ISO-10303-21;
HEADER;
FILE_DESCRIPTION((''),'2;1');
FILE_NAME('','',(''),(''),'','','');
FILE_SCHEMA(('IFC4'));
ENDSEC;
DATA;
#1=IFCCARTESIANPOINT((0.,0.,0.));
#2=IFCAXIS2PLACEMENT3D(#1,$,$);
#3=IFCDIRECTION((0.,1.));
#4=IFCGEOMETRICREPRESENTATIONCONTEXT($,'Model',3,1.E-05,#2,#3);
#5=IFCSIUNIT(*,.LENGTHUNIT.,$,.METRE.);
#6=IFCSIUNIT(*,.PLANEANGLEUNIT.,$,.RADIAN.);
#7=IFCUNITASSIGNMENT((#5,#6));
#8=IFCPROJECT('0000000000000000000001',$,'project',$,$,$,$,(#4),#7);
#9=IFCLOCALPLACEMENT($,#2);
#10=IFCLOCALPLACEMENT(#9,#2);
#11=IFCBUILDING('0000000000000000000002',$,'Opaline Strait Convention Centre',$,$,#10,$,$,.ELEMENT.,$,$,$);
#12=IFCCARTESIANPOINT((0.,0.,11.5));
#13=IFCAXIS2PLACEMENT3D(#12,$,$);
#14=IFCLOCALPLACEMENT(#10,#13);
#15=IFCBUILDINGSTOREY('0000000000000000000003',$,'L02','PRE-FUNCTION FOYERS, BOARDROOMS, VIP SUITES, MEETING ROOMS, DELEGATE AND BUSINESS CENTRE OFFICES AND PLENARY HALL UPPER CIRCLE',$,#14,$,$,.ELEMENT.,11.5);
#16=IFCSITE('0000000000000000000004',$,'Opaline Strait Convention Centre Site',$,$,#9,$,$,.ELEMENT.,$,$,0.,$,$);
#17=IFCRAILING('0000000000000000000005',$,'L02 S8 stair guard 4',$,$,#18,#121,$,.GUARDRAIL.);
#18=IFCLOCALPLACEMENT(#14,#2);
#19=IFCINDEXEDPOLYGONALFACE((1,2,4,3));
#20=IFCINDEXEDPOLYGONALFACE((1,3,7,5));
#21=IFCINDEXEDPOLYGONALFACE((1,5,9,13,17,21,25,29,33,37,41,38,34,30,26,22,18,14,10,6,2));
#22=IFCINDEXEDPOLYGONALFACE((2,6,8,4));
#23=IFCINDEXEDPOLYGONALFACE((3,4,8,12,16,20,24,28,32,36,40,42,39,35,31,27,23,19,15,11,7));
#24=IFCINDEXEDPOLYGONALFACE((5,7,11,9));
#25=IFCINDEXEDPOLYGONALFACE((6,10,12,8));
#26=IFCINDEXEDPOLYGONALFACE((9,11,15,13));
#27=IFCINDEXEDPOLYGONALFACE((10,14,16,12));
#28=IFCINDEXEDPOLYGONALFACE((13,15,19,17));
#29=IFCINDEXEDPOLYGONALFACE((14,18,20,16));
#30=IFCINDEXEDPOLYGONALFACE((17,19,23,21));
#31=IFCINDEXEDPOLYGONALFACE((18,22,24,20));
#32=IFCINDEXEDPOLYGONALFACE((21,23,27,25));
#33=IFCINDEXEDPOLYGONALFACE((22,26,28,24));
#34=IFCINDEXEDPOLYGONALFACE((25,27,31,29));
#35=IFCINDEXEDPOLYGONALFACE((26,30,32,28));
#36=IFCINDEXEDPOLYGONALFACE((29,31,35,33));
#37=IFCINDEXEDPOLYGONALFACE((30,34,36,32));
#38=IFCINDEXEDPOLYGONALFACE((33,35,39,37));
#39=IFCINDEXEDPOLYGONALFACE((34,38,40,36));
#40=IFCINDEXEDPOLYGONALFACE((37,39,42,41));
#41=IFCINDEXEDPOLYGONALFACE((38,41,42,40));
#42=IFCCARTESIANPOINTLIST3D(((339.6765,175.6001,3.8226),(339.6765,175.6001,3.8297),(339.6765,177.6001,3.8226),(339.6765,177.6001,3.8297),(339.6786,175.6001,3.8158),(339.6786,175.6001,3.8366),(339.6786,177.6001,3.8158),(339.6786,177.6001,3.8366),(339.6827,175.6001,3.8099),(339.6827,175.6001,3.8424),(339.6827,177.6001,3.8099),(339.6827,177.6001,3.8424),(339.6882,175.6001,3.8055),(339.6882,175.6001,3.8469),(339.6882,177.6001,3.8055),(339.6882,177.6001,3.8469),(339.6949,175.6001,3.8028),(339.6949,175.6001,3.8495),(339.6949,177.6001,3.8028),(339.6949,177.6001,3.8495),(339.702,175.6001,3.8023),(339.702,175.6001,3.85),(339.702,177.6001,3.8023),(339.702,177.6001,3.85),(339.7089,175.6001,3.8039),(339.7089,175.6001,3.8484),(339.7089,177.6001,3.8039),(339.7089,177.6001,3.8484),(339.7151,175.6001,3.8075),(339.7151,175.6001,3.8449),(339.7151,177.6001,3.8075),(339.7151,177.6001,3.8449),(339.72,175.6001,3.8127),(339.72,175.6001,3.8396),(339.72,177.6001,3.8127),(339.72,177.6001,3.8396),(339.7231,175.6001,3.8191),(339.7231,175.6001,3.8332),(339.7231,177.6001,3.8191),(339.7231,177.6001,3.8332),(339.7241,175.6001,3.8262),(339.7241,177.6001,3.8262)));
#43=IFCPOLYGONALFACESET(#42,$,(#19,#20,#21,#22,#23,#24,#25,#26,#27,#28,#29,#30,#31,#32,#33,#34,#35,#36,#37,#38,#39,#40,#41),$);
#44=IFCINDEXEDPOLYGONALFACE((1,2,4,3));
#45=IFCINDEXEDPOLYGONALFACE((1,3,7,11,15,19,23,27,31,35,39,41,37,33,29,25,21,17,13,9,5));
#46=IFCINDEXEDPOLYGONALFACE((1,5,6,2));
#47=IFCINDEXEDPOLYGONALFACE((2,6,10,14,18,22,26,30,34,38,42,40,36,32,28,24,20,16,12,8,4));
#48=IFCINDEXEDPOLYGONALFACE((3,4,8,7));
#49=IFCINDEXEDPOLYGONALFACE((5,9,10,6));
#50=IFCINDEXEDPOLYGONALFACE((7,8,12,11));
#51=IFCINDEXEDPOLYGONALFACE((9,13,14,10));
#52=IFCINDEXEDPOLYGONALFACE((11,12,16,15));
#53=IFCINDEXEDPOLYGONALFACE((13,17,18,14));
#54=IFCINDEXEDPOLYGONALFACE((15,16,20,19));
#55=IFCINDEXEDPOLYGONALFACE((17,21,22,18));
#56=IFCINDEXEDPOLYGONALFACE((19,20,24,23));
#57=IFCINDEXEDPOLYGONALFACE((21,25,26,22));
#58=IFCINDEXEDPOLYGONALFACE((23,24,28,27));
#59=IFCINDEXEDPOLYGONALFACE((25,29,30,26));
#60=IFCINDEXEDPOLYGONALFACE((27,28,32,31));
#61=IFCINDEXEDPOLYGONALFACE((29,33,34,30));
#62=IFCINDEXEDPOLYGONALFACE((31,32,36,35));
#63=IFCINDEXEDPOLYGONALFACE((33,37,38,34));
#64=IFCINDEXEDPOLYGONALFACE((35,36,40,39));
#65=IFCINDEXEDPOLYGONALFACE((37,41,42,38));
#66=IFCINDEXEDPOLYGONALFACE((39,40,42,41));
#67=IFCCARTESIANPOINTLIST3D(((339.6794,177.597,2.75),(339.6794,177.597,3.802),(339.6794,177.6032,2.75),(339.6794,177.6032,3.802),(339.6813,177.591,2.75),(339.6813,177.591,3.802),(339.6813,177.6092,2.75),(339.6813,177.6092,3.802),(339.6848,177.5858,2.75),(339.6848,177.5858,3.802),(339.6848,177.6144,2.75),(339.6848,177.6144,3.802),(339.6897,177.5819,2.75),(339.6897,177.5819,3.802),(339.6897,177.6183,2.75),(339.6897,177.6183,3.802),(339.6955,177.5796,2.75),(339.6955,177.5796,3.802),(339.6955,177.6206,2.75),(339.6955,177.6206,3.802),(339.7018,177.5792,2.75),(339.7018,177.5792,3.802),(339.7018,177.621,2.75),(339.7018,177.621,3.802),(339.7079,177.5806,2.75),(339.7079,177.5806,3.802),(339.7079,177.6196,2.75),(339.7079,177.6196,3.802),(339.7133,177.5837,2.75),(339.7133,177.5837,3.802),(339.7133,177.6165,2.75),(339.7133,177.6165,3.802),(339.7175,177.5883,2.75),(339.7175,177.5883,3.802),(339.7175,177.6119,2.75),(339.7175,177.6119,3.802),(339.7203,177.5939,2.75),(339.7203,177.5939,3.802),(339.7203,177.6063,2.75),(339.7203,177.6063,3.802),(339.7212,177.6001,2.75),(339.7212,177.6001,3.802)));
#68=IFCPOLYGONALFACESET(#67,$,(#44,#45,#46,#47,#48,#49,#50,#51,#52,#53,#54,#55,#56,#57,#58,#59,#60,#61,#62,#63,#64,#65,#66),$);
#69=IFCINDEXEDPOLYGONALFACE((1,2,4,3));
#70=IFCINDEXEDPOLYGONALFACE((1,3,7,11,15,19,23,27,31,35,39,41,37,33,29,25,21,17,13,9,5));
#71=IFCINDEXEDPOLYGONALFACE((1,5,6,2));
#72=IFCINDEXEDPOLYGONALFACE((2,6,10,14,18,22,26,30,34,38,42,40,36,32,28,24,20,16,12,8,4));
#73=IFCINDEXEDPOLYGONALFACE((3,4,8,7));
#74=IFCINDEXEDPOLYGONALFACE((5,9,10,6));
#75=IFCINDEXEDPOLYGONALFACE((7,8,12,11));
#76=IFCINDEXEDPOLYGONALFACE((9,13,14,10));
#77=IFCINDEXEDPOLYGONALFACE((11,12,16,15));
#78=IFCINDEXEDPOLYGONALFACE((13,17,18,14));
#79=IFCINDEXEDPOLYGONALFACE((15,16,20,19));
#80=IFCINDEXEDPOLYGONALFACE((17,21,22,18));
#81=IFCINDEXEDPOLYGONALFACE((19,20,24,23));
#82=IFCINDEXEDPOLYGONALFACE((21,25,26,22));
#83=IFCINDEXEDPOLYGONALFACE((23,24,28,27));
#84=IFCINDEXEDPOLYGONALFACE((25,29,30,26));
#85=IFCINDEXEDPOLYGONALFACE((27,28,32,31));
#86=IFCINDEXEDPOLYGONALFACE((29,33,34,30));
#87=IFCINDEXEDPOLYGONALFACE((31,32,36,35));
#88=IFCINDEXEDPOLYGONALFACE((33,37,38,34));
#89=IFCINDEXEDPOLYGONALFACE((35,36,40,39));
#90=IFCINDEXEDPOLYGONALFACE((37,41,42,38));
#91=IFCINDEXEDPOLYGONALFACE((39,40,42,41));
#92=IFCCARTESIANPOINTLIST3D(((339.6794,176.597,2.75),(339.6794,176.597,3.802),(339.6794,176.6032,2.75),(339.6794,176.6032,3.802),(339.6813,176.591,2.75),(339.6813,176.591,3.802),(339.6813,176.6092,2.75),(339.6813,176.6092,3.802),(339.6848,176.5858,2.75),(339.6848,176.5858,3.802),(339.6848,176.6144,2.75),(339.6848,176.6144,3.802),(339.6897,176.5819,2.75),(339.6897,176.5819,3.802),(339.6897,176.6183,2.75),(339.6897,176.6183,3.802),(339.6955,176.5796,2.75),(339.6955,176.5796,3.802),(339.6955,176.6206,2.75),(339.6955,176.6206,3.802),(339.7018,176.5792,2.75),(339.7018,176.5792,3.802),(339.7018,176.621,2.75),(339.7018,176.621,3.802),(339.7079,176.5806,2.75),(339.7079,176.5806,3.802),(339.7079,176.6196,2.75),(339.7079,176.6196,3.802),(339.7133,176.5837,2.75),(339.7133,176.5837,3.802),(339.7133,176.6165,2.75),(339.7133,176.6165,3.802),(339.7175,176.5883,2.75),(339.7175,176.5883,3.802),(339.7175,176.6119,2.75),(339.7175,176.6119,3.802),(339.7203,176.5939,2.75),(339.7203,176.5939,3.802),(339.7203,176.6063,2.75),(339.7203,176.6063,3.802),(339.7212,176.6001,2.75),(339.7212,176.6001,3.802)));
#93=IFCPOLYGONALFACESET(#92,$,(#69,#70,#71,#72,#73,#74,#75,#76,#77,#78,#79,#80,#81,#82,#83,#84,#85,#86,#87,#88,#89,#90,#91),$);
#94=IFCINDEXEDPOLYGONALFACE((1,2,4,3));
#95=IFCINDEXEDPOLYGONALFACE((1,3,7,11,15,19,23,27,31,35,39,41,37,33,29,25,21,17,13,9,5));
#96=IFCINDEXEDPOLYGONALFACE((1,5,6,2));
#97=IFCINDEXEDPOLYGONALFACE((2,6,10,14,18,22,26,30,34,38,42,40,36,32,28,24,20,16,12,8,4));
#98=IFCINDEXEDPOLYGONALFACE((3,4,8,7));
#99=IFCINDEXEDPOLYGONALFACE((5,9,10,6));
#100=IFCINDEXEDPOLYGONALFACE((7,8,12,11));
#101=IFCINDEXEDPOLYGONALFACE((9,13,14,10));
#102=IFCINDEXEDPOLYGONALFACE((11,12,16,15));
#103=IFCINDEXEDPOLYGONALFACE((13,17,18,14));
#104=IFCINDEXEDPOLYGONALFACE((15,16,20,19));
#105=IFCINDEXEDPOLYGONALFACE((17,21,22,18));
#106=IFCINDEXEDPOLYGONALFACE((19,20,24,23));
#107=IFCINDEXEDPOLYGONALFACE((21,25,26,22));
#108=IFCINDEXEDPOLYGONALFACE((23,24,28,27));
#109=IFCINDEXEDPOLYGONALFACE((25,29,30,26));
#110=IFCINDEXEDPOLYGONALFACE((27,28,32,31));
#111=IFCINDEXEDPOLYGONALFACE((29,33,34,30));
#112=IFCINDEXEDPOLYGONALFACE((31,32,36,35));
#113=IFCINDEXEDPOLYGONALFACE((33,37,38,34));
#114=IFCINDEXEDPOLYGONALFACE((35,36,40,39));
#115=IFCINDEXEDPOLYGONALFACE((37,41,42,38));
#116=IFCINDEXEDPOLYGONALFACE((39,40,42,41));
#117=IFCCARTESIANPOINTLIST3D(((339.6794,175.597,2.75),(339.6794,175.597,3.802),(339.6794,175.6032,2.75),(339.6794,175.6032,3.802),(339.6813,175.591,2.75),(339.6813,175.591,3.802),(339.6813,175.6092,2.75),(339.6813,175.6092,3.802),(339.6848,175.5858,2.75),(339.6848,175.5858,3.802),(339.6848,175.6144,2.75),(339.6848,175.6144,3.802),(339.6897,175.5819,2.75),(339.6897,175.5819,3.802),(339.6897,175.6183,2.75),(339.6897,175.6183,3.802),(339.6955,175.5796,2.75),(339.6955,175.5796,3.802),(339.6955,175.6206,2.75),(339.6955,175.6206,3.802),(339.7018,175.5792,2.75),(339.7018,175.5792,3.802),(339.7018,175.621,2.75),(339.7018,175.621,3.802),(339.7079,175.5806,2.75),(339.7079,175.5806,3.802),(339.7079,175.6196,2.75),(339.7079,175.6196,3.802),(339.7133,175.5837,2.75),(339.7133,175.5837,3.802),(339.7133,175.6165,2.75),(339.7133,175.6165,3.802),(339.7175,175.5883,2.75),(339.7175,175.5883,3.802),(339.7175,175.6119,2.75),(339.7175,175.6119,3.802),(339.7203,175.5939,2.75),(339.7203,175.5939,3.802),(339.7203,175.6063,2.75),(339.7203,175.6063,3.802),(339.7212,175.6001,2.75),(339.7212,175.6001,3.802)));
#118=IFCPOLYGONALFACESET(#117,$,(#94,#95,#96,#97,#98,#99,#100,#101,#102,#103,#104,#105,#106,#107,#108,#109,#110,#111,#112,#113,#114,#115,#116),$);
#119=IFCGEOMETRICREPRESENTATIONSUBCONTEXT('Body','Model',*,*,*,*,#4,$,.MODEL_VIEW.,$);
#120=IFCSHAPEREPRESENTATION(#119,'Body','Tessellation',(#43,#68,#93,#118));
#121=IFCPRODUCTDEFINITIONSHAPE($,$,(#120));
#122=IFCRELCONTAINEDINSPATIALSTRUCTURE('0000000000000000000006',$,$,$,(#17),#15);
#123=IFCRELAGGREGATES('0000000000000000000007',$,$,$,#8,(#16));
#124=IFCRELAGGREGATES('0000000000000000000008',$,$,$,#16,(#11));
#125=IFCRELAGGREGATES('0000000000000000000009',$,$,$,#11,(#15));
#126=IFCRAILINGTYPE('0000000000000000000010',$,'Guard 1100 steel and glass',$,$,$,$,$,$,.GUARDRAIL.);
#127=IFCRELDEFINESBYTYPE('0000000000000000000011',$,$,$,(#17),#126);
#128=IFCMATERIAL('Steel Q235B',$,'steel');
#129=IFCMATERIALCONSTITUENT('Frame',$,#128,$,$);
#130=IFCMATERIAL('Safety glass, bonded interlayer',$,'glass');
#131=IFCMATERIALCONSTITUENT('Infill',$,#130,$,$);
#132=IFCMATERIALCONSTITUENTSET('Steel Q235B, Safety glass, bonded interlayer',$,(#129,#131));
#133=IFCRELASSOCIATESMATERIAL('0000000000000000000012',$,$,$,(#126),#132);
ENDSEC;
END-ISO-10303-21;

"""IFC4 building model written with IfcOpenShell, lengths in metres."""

from ifc_helpers import new_model, si_unit, direction, frame, origin, origin_2d, place, context, subcontext, project, spatial, circle, extrude, material, constituent, constituent_set, type_object, element, save


model = new_model("IFC4")

# Units and contexts
model_context = context("Model", 3, precision=1e-05, world=origin(), true_north=direction((0.0, 1.0)))
body_context = subcontext(model_context, "Body", "Model", "MODEL_VIEW")
ifc_project = project(units=[si_unit("LENGTHUNIT", "METRE"), si_unit("PLANEANGLEUNIT", "RADIAN")], contexts=[model_context])

# Site, building, storey
site_placement = place(None, origin())
site = spatial("IfcSite", under=ifc_project, at=site_placement, Name="Opaline Strait Convention Centre Site", CompositionType="ELEMENT", RefElevation=0.0)
building_placement = place(site_placement, origin())
building = spatial("IfcBuilding", under=site, at=building_placement, Name="Opaline Strait Convention Centre", CompositionType="ELEMENT")
storey_placement = place(building_placement, frame((0.0, 0.0, 11.5)))
storey = spatial("IfcBuildingStorey", under=building, at=storey_placement, Name="L02", Description="PRE-FUNCTION FOYERS, BOARDROOMS, VIP SUITES, MEETING ROOMS, DELEGATE AND BUSINESS CENTRE OFFICES AND PLENARY HALL UPPER CIRCLE", CompositionType="ELEMENT", Elevation=11.5)

# Railing
ifc_material_1 = material(Name="Steel Q235B", Category="steel")
ifc_constituent_1 = constituent(ifc_material_1, Name="Frame")
ifc_material_2 = material(Name="Safety glass, bonded interlayer", Category="glass")
ifc_constituent_2 = constituent(ifc_material_2, Name="Infill")
ifc_constituent_set = constituent_set(constituents=[ifc_constituent_1, ifc_constituent_2], Name="Steel Q235B, Safety glass, bonded interlayer")
railing_type_1 = type_object("IfcRailingType", Name="Guard 1100 steel and glass", PredefinedType="GUARDRAIL", material=ifc_constituent_set)
railing_1_placement = place(storey_placement, frame((339.7002, 177.6001, 2.75)))
element("IfcRailing", 1, at=railing_1_placement, inside=storey, type_object=railing_type_1, Name="L02 S8 stair guard 4", PredefinedType="GUARDRAIL", context=body_context, shape_type="SweptSolid", body=[
    extrude(circle(Radius=0.0239, at=origin_2d()), frame((0.0, 0.0, 1.0762), z_axis=(0.0, -1.0, 0.0), x_axis=(1.0, 0.0, 0.0)), (0.0, 0.0, 1.0), 2.0),
    extrude(circle(Radius=0.021, at=origin_2d()), origin(), (0.0, 0.0, 1.0), 1.052),
    extrude(circle(Radius=0.021, at=origin_2d()), frame((0.0, -1.0, 0.0)), (0.0, 0.0, 1.0), 1.052),
    extrude(circle(Radius=0.021, at=origin_2d()), frame((0.0, -2.0, 0.0)), (0.0, 0.0, 1.0), 1.052),
])

save(model, "model.ifc")
